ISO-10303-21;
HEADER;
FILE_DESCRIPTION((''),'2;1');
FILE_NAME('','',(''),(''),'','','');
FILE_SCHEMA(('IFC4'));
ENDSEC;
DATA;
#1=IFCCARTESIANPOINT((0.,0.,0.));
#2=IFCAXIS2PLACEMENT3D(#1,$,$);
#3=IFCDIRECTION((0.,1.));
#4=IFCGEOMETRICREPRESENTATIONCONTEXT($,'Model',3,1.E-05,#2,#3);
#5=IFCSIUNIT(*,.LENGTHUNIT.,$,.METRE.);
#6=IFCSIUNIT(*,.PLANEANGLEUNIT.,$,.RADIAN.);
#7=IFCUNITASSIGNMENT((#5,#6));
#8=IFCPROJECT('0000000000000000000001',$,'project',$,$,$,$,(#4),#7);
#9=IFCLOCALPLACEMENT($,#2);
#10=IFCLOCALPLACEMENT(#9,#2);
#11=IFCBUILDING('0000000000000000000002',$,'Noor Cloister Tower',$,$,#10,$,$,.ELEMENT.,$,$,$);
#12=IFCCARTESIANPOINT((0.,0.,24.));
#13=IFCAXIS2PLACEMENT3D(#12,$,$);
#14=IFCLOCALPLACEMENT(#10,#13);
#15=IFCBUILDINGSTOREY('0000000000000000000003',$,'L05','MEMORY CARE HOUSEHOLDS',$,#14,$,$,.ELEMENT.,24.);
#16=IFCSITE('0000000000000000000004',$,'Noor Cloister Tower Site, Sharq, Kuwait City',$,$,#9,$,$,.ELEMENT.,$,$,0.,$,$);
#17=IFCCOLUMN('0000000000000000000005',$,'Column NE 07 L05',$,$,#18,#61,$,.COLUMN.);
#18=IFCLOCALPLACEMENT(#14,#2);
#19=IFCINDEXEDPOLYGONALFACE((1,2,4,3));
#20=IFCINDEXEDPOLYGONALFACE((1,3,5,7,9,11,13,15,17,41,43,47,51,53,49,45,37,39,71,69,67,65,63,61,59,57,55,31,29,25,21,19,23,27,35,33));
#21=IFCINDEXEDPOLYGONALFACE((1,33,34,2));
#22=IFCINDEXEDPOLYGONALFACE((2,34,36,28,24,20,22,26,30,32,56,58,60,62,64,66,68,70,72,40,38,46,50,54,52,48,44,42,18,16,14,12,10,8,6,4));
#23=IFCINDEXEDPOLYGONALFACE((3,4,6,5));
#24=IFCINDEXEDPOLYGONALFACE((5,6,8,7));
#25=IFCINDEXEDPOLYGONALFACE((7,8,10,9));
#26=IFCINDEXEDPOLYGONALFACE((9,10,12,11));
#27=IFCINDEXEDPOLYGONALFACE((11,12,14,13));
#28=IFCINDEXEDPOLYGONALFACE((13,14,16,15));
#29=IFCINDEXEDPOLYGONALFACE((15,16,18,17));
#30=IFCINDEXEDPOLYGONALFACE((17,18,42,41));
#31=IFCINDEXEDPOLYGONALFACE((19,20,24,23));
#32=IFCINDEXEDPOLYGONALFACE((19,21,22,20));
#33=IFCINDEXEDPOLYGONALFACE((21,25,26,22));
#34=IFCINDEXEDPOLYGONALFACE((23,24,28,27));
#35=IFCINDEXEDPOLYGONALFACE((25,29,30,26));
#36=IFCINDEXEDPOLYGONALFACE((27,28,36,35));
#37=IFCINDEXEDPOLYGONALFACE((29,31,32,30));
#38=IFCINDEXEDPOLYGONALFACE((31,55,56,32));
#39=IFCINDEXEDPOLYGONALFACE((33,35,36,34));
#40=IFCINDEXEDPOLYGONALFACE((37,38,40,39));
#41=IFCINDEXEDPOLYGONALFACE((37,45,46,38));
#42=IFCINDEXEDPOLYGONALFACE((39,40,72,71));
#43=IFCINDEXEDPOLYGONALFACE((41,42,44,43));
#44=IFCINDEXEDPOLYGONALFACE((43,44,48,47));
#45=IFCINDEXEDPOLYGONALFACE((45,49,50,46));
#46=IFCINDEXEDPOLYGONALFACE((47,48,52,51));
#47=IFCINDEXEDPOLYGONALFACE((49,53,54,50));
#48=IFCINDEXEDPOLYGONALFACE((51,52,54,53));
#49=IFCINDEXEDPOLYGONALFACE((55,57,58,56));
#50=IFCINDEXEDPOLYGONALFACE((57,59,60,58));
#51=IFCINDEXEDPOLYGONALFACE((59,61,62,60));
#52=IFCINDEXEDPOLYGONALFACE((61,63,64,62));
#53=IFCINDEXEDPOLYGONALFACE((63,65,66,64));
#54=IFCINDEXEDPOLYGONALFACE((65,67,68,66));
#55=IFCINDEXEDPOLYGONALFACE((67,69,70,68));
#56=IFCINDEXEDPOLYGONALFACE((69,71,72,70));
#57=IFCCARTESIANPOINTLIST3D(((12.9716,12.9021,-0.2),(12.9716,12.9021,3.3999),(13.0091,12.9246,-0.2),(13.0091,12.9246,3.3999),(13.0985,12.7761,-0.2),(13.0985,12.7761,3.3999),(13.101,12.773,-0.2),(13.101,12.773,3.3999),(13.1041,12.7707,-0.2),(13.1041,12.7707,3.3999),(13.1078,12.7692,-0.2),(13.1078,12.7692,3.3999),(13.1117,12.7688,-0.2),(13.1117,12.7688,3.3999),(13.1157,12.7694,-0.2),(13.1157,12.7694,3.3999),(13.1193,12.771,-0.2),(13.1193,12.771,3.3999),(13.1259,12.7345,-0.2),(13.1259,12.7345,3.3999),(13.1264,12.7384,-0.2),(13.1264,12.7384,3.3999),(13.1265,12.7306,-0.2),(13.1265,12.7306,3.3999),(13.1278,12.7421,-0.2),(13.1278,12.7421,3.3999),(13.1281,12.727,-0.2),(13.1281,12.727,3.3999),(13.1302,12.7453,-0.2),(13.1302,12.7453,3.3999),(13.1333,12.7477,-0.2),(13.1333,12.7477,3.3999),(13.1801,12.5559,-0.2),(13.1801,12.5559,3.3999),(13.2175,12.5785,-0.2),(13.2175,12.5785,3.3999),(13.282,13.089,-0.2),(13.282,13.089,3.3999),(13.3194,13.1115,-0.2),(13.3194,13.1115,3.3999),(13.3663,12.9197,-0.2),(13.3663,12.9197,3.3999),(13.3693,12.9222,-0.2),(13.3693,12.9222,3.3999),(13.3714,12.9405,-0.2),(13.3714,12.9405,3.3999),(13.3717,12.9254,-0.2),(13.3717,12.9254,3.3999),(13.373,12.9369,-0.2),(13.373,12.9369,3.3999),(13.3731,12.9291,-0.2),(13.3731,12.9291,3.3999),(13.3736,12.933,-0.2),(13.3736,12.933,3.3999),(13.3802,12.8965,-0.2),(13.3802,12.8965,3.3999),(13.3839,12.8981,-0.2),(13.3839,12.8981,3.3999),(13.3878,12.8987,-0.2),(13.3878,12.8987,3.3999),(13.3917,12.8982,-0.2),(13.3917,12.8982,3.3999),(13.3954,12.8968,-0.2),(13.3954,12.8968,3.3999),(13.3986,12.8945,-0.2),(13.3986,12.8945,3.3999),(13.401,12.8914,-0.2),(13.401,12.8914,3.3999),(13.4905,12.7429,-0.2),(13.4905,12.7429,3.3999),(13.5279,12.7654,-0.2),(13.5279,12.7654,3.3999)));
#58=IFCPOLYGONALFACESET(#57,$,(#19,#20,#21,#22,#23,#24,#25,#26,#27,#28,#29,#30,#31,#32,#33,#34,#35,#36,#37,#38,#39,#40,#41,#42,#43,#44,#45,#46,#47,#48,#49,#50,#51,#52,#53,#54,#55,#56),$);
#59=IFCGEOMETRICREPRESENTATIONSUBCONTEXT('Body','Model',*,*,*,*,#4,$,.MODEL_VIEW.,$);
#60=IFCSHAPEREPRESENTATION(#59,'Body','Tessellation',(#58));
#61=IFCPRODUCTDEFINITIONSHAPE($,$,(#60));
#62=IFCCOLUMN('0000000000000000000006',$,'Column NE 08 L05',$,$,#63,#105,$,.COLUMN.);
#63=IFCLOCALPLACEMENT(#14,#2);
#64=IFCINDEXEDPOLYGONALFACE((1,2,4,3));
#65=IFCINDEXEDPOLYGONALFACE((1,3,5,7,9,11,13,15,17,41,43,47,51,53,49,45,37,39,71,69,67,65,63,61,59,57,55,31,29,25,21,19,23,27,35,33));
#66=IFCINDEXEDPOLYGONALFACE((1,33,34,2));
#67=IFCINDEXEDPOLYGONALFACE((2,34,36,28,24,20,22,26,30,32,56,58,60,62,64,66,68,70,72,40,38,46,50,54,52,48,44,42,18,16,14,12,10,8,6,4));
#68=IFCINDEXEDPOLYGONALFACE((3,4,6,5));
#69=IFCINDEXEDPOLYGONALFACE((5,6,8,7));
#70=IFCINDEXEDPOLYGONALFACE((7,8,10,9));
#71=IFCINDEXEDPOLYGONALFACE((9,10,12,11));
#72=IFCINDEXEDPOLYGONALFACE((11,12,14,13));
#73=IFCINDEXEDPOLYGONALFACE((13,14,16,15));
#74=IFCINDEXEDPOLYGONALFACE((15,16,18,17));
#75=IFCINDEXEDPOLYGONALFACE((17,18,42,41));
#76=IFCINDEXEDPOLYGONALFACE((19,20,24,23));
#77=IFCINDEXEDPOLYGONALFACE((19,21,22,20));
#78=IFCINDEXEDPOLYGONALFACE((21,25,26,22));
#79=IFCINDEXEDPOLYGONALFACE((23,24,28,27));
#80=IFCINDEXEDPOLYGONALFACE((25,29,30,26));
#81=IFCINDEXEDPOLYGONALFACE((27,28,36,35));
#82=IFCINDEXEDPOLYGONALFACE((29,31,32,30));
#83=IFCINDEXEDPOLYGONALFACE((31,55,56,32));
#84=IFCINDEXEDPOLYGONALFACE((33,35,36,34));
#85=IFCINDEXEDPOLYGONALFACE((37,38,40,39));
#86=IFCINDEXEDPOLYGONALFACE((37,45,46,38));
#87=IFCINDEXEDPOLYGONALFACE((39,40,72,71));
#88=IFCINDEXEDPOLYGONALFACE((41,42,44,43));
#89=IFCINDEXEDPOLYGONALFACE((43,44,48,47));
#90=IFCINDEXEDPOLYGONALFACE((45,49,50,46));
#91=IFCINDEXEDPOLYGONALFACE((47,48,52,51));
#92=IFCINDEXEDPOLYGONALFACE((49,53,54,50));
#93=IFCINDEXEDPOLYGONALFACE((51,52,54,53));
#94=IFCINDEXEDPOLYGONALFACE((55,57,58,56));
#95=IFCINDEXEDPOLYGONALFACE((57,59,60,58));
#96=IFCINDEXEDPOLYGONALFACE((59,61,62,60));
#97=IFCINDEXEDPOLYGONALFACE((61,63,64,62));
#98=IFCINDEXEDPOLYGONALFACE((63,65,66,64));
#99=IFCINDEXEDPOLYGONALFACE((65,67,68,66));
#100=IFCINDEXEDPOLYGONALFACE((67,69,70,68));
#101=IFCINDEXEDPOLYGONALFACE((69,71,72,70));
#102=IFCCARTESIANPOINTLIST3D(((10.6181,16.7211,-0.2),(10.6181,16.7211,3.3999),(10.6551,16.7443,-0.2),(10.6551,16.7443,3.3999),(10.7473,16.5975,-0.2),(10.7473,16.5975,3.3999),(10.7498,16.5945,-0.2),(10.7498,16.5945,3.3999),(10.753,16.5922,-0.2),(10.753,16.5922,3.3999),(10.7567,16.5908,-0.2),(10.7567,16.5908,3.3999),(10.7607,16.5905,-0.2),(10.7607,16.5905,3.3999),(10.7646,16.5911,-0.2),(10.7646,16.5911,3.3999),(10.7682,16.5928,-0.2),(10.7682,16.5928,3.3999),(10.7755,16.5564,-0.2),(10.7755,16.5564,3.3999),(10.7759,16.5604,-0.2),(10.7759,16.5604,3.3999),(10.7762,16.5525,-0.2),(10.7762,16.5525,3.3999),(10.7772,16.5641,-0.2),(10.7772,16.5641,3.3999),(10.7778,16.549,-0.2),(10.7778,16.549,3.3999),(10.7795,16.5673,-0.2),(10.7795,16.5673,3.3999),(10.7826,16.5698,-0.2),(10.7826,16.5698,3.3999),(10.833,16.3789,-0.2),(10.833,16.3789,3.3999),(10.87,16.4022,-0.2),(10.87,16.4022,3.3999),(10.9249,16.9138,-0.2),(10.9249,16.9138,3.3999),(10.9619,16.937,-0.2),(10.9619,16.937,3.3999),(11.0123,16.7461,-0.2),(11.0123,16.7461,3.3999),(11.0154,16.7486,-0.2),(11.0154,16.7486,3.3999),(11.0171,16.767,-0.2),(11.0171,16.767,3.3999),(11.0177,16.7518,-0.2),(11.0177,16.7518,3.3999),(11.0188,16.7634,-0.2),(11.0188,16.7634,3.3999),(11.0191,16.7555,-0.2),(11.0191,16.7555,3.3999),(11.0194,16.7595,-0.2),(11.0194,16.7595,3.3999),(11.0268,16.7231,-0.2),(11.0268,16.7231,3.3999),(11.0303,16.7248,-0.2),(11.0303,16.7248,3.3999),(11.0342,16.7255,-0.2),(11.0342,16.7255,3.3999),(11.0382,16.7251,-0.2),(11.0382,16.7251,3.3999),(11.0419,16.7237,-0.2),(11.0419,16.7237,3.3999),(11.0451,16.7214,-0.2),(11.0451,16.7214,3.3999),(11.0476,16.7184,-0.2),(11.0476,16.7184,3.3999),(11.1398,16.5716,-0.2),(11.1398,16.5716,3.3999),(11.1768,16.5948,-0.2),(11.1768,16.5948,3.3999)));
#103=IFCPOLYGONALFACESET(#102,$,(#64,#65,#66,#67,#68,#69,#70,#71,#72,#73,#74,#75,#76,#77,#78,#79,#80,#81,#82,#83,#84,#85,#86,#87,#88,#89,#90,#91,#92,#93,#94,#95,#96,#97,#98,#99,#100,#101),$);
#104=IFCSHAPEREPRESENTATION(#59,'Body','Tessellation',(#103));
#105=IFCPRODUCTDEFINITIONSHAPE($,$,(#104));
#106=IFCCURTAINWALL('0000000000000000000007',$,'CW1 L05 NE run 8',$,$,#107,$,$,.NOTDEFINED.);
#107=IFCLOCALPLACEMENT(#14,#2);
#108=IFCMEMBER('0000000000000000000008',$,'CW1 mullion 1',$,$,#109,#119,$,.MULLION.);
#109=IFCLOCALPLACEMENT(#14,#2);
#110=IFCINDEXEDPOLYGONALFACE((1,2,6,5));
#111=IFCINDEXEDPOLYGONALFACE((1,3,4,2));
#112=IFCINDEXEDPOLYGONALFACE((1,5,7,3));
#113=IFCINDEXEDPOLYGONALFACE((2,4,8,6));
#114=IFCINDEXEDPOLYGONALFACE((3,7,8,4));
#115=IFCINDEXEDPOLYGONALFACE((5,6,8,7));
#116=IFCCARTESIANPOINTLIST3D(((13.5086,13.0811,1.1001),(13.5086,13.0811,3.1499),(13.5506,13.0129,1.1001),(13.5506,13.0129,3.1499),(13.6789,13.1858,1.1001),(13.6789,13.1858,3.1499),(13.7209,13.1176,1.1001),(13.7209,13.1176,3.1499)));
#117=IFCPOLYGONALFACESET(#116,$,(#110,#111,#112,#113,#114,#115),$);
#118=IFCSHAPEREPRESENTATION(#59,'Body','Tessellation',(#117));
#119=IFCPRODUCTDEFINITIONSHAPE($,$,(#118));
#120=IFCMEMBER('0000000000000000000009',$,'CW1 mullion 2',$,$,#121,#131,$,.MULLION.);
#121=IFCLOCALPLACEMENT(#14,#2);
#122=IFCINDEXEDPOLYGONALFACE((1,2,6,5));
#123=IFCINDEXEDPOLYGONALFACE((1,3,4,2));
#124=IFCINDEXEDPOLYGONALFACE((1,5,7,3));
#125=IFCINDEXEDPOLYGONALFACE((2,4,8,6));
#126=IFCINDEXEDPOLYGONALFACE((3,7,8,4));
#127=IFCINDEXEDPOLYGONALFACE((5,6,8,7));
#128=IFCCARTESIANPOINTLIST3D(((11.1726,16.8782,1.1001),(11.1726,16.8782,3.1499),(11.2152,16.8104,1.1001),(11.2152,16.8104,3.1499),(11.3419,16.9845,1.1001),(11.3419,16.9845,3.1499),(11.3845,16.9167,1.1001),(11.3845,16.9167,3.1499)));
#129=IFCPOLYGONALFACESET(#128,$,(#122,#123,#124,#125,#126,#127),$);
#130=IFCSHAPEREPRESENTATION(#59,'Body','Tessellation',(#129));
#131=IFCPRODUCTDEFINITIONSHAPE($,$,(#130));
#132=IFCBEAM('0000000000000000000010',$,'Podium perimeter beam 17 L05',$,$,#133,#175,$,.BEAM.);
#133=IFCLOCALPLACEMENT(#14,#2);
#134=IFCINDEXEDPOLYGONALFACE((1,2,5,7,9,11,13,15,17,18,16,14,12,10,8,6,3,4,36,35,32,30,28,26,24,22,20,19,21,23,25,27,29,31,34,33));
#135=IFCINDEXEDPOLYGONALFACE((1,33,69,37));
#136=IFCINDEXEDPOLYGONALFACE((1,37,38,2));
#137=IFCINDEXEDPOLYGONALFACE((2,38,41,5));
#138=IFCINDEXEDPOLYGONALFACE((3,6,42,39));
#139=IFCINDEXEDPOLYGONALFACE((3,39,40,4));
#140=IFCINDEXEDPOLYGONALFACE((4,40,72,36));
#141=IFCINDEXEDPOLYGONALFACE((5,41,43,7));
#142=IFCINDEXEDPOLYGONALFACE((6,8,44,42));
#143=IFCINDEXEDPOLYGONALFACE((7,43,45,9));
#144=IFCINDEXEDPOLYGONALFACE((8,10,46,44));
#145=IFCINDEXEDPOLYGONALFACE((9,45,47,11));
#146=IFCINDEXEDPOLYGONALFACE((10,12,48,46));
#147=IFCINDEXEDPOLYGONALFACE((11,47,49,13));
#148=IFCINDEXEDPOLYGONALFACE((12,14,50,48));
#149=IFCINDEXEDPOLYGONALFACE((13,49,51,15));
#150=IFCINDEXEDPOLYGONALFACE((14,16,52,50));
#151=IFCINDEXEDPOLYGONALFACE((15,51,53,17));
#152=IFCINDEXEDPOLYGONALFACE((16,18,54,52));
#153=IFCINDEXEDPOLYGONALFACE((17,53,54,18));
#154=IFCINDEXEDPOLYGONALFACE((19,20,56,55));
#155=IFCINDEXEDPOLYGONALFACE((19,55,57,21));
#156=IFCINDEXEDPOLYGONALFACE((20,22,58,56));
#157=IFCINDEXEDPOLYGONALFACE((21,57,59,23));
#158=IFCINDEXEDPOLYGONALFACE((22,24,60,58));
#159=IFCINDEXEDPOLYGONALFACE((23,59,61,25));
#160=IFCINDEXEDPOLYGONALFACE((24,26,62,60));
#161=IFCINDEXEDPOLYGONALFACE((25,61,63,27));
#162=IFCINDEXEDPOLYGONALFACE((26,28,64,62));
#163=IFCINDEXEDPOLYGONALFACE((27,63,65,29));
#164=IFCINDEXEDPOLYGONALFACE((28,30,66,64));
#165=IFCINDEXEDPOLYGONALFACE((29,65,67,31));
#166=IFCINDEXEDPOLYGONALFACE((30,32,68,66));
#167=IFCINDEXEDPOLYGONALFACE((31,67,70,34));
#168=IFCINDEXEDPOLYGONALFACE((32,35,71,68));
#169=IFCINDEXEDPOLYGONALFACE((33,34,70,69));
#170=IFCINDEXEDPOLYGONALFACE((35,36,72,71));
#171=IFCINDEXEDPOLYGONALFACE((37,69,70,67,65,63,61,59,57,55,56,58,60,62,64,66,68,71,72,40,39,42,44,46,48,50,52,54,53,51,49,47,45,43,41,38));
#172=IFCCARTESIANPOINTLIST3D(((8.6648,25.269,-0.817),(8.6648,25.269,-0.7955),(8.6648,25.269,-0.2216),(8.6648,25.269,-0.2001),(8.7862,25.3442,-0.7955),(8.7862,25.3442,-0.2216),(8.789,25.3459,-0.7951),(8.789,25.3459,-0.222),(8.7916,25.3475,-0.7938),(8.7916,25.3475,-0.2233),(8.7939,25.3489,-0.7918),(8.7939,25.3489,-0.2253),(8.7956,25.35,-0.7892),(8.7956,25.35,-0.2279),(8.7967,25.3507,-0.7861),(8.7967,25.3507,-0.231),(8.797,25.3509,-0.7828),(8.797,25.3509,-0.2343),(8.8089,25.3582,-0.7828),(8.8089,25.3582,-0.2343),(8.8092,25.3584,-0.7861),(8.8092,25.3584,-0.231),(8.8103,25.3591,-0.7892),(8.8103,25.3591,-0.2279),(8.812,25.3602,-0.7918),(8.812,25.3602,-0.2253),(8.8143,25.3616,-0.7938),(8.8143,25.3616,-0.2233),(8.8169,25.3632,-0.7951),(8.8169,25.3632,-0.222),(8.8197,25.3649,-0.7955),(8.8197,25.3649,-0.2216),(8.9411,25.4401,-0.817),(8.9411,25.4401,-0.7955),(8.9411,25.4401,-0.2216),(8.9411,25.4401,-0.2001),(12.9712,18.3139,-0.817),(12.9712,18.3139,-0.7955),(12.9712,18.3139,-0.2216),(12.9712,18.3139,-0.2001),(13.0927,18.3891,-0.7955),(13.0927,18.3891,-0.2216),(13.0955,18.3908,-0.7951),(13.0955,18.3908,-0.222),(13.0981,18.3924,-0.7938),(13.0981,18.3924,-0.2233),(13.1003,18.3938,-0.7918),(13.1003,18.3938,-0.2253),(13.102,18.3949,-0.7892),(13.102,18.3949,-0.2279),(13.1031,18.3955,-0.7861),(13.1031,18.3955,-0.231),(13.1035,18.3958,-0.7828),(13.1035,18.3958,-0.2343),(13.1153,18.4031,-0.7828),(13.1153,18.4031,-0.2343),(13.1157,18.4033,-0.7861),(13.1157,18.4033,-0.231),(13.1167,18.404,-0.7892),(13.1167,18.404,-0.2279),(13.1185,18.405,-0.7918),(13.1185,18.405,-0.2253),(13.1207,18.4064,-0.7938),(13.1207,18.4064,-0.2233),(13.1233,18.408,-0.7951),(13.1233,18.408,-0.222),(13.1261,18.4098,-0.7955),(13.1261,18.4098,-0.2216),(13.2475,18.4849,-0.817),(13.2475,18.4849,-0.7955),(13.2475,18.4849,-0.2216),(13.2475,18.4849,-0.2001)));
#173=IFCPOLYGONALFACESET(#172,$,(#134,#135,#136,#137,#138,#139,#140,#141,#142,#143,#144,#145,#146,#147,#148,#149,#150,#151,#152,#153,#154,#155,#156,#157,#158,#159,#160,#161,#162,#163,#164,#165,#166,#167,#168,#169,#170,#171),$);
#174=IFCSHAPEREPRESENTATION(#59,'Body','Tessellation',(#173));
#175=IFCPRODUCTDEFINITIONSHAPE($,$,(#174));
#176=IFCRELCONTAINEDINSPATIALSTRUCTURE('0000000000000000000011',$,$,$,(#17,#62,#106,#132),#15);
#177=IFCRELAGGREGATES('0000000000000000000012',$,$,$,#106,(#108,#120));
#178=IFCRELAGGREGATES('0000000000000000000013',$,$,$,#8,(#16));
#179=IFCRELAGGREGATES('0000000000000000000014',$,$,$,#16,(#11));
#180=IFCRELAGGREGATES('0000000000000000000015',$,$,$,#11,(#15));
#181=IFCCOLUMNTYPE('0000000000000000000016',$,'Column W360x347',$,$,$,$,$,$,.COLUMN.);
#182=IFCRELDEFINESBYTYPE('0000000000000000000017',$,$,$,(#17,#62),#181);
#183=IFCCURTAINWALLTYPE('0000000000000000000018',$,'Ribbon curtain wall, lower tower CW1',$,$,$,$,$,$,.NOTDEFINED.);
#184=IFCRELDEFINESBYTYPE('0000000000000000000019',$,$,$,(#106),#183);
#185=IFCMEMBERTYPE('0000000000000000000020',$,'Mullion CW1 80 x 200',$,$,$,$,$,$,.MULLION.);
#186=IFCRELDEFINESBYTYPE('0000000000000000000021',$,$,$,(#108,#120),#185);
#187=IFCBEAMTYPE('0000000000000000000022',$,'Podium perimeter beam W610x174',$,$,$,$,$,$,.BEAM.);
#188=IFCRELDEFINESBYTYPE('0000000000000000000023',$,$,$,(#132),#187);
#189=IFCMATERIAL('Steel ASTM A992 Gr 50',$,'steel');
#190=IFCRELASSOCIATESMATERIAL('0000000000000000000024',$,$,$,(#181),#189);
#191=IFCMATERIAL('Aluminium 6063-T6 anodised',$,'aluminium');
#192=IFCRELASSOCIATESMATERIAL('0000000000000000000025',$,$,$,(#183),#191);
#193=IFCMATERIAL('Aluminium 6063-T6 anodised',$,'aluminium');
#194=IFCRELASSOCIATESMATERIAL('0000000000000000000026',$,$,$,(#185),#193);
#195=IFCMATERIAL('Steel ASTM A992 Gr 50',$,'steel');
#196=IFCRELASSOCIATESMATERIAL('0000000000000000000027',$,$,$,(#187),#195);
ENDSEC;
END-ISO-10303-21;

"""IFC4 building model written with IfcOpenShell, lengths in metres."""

from ifc_helpers import new_model, si_unit, direction, frame, origin, origin_2d, place, context, subcontext, project, spatial, rectangle, i_section, extrude, material, material_profile, profile_set, type_object, element, aggregate, save


model = new_model("IFC4")

# Units and contexts
model_context = context("Model", 3, precision=1e-05, world=origin(), true_north=direction((0.0, 1.0)))
body_context = subcontext(model_context, "Body", "Model", "MODEL_VIEW")
ifc_project = project(units=[si_unit("LENGTHUNIT", "METRE"), si_unit("PLANEANGLEUNIT", "RADIAN")], contexts=[model_context])

# Site, building, storey
site_placement = place(None, origin())
site = spatial("IfcSite", under=ifc_project, at=site_placement, Name="Noor Cloister Tower Site, Sharq, Kuwait City", CompositionType="ELEMENT", RefElevation=0.0)
building_placement = place(site_placement, origin())
building = spatial("IfcBuilding", under=site, at=building_placement, Name="Noor Cloister Tower", CompositionType="ELEMENT")
storey_placement = place(building_placement, frame((0.0, 0.0, 24.0)))
storey = spatial("IfcBuildingStorey", under=building, at=storey_placement, Name="L05", Description="MEMORY CARE HOUSEHOLDS", CompositionType="ELEMENT", Elevation=24.0)

# Columns
ifc_material_1 = material(Name="Steel ASTM A992 Gr 50", Category="steel")
ifc_material_profile_1 = material_profile(ifc_material_1, i_section(OverallWidth=0.4041, OverallDepth=0.406, WebThickness=0.0271, FlangeThickness=0.0437, FilletRadius=0.0151, at=origin_2d()), Name="W360x347")
ifc_profile_set_1 = profile_set([ifc_material_profile_1], Name="Steel ASTM A992 Gr 50")
column_type = type_object("IfcColumnType", Name="Column W360x347", PredefinedType="COLUMN", material=ifc_profile_set_1)
for number, where, z_axis, x_axis, name in (
    (1, (13.2498, 12.8337, -0.2), (0.0, 0.0, 1.0), (-0.515981, 0.8566, 0.0), "Column NE 07 L05"),
    (2, (10.8975, 16.658, -0.2), (0.0, 0.0, 1.0), (-0.531785, 0.84688, 0.0), "Column NE 08 L05"),
):
    element("IfcColumn", number, at=place(storey_placement, frame(where, z_axis=z_axis, x_axis=x_axis)), inside=storey, type_object=column_type, Name=name, PredefinedType="COLUMN", context=body_context, shape_type="SweptSolid", body=[
        extrude(i_section(OverallWidth=0.4041, OverallDepth=0.406, WebThickness=0.0271, FlangeThickness=0.0437, FilletRadius=0.0151, at=origin_2d()), origin(), (0.0, 0.0, 1.0), 3.5999),
    ])

# Curtain wall, members
ifc_material_2 = material(Name="Aluminium 6063-T6 anodised", Category="aluminium")
curtain_wall_type = type_object("IfcCurtainWallType", Name="Ribbon curtain wall, lower tower CW1", PredefinedType="NOTDEFINED", material=ifc_material_2)
curtain_wall_placement = place(storey_placement, origin())
curtain_wall = element("IfcCurtainWall", 3, at=curtain_wall_placement, inside=storey, type_object=curtain_wall_type, Name="CW1 L05 NE run 8", PredefinedType="NOTDEFINED")
ifc_material_3 = material(Name="Aluminium 6063-T6 anodised", Category="aluminium")
ifc_material_profile_2 = material_profile(ifc_material_3, rectangle(XDim=0.2, YDim=0.0801, at=origin_2d()), Name="200 x 80 mullion")
ifc_profile_set_2 = profile_set([ifc_material_profile_2], Name="Aluminium 6063-T6 anodised")
member_type = type_object("IfcMemberType", Name="Mullion CW1 80 x 200", PredefinedType="MULLION", material=ifc_profile_set_2)
member_1_placement = place(storey_placement, frame((13.6147, 13.0994, 1.1001), z_axis=(0.0, 0.0, 1.0), x_axis=(-0.851776, -0.523905, 0.0)))
member_1 = element("IfcMember", 4, at=member_1_placement, type_object=member_type, Name="CW1 mullion 1", PredefinedType="MULLION", context=body_context, shape_type="SweptSolid", body=[
    extrude(rectangle(XDim=0.2, YDim=0.0801, at=origin_2d()), origin(), (0.0, 0.0, 1.0), 2.0498),
])
member_2_placement = place(storey_placement, frame((11.2786, 16.8975, 1.1001), z_axis=(0.0, 0.0, 1.0), x_axis=(-0.84688, -0.531785, 0.0)))
member_2 = element("IfcMember", 5, at=member_2_placement, type_object=member_type, Name="CW1 mullion 2", PredefinedType="MULLION", context=body_context, shape_type="SweptSolid", body=[
    extrude(rectangle(XDim=0.2, YDim=0.0801, at=origin_2d()), origin(), (0.0, 0.0, 1.0), 2.0498),
])

# Beam
ifc_material_4 = material(Name="Steel ASTM A992 Gr 50", Category="steel")
ifc_material_profile_3 = material_profile(ifc_material_4, i_section(OverallWidth=0.325, OverallDepth=0.6169, WebThickness=0.0139, FlangeThickness=0.0215, FilletRadius=0.0127, at=origin_2d()), Name="W610x174")
ifc_profile_set_3 = profile_set([ifc_material_profile_3], Name="Steel ASTM A992 Gr 50")
beam_type_1 = type_object("IfcBeamType", Name="Podium perimeter beam W610x174", PredefinedType="BEAM", material=ifc_profile_set_3)
beam_1_placement = place(storey_placement, frame((13.1094, 18.3994, -0.5085), z_axis=(-0.526432, 0.850217, 0.0), x_axis=(-0.850217, -0.526432, 0.0)))
element("IfcBeam", 6, at=beam_1_placement, inside=storey, type_object=beam_type_1, Name="Podium perimeter beam 17 L05", PredefinedType="BEAM", context=body_context, shape_type="SweptSolid", body=[
    extrude(i_section(OverallWidth=0.325, OverallDepth=0.6169, WebThickness=0.0139, FlangeThickness=0.0215, FilletRadius=0.0127, at=origin_2d()), origin(), (0.0, 0.0, 1.0), 8.1804),
])

aggregate(curtain_wall, [member_1, member_2])

save(model, "model.ifc")
